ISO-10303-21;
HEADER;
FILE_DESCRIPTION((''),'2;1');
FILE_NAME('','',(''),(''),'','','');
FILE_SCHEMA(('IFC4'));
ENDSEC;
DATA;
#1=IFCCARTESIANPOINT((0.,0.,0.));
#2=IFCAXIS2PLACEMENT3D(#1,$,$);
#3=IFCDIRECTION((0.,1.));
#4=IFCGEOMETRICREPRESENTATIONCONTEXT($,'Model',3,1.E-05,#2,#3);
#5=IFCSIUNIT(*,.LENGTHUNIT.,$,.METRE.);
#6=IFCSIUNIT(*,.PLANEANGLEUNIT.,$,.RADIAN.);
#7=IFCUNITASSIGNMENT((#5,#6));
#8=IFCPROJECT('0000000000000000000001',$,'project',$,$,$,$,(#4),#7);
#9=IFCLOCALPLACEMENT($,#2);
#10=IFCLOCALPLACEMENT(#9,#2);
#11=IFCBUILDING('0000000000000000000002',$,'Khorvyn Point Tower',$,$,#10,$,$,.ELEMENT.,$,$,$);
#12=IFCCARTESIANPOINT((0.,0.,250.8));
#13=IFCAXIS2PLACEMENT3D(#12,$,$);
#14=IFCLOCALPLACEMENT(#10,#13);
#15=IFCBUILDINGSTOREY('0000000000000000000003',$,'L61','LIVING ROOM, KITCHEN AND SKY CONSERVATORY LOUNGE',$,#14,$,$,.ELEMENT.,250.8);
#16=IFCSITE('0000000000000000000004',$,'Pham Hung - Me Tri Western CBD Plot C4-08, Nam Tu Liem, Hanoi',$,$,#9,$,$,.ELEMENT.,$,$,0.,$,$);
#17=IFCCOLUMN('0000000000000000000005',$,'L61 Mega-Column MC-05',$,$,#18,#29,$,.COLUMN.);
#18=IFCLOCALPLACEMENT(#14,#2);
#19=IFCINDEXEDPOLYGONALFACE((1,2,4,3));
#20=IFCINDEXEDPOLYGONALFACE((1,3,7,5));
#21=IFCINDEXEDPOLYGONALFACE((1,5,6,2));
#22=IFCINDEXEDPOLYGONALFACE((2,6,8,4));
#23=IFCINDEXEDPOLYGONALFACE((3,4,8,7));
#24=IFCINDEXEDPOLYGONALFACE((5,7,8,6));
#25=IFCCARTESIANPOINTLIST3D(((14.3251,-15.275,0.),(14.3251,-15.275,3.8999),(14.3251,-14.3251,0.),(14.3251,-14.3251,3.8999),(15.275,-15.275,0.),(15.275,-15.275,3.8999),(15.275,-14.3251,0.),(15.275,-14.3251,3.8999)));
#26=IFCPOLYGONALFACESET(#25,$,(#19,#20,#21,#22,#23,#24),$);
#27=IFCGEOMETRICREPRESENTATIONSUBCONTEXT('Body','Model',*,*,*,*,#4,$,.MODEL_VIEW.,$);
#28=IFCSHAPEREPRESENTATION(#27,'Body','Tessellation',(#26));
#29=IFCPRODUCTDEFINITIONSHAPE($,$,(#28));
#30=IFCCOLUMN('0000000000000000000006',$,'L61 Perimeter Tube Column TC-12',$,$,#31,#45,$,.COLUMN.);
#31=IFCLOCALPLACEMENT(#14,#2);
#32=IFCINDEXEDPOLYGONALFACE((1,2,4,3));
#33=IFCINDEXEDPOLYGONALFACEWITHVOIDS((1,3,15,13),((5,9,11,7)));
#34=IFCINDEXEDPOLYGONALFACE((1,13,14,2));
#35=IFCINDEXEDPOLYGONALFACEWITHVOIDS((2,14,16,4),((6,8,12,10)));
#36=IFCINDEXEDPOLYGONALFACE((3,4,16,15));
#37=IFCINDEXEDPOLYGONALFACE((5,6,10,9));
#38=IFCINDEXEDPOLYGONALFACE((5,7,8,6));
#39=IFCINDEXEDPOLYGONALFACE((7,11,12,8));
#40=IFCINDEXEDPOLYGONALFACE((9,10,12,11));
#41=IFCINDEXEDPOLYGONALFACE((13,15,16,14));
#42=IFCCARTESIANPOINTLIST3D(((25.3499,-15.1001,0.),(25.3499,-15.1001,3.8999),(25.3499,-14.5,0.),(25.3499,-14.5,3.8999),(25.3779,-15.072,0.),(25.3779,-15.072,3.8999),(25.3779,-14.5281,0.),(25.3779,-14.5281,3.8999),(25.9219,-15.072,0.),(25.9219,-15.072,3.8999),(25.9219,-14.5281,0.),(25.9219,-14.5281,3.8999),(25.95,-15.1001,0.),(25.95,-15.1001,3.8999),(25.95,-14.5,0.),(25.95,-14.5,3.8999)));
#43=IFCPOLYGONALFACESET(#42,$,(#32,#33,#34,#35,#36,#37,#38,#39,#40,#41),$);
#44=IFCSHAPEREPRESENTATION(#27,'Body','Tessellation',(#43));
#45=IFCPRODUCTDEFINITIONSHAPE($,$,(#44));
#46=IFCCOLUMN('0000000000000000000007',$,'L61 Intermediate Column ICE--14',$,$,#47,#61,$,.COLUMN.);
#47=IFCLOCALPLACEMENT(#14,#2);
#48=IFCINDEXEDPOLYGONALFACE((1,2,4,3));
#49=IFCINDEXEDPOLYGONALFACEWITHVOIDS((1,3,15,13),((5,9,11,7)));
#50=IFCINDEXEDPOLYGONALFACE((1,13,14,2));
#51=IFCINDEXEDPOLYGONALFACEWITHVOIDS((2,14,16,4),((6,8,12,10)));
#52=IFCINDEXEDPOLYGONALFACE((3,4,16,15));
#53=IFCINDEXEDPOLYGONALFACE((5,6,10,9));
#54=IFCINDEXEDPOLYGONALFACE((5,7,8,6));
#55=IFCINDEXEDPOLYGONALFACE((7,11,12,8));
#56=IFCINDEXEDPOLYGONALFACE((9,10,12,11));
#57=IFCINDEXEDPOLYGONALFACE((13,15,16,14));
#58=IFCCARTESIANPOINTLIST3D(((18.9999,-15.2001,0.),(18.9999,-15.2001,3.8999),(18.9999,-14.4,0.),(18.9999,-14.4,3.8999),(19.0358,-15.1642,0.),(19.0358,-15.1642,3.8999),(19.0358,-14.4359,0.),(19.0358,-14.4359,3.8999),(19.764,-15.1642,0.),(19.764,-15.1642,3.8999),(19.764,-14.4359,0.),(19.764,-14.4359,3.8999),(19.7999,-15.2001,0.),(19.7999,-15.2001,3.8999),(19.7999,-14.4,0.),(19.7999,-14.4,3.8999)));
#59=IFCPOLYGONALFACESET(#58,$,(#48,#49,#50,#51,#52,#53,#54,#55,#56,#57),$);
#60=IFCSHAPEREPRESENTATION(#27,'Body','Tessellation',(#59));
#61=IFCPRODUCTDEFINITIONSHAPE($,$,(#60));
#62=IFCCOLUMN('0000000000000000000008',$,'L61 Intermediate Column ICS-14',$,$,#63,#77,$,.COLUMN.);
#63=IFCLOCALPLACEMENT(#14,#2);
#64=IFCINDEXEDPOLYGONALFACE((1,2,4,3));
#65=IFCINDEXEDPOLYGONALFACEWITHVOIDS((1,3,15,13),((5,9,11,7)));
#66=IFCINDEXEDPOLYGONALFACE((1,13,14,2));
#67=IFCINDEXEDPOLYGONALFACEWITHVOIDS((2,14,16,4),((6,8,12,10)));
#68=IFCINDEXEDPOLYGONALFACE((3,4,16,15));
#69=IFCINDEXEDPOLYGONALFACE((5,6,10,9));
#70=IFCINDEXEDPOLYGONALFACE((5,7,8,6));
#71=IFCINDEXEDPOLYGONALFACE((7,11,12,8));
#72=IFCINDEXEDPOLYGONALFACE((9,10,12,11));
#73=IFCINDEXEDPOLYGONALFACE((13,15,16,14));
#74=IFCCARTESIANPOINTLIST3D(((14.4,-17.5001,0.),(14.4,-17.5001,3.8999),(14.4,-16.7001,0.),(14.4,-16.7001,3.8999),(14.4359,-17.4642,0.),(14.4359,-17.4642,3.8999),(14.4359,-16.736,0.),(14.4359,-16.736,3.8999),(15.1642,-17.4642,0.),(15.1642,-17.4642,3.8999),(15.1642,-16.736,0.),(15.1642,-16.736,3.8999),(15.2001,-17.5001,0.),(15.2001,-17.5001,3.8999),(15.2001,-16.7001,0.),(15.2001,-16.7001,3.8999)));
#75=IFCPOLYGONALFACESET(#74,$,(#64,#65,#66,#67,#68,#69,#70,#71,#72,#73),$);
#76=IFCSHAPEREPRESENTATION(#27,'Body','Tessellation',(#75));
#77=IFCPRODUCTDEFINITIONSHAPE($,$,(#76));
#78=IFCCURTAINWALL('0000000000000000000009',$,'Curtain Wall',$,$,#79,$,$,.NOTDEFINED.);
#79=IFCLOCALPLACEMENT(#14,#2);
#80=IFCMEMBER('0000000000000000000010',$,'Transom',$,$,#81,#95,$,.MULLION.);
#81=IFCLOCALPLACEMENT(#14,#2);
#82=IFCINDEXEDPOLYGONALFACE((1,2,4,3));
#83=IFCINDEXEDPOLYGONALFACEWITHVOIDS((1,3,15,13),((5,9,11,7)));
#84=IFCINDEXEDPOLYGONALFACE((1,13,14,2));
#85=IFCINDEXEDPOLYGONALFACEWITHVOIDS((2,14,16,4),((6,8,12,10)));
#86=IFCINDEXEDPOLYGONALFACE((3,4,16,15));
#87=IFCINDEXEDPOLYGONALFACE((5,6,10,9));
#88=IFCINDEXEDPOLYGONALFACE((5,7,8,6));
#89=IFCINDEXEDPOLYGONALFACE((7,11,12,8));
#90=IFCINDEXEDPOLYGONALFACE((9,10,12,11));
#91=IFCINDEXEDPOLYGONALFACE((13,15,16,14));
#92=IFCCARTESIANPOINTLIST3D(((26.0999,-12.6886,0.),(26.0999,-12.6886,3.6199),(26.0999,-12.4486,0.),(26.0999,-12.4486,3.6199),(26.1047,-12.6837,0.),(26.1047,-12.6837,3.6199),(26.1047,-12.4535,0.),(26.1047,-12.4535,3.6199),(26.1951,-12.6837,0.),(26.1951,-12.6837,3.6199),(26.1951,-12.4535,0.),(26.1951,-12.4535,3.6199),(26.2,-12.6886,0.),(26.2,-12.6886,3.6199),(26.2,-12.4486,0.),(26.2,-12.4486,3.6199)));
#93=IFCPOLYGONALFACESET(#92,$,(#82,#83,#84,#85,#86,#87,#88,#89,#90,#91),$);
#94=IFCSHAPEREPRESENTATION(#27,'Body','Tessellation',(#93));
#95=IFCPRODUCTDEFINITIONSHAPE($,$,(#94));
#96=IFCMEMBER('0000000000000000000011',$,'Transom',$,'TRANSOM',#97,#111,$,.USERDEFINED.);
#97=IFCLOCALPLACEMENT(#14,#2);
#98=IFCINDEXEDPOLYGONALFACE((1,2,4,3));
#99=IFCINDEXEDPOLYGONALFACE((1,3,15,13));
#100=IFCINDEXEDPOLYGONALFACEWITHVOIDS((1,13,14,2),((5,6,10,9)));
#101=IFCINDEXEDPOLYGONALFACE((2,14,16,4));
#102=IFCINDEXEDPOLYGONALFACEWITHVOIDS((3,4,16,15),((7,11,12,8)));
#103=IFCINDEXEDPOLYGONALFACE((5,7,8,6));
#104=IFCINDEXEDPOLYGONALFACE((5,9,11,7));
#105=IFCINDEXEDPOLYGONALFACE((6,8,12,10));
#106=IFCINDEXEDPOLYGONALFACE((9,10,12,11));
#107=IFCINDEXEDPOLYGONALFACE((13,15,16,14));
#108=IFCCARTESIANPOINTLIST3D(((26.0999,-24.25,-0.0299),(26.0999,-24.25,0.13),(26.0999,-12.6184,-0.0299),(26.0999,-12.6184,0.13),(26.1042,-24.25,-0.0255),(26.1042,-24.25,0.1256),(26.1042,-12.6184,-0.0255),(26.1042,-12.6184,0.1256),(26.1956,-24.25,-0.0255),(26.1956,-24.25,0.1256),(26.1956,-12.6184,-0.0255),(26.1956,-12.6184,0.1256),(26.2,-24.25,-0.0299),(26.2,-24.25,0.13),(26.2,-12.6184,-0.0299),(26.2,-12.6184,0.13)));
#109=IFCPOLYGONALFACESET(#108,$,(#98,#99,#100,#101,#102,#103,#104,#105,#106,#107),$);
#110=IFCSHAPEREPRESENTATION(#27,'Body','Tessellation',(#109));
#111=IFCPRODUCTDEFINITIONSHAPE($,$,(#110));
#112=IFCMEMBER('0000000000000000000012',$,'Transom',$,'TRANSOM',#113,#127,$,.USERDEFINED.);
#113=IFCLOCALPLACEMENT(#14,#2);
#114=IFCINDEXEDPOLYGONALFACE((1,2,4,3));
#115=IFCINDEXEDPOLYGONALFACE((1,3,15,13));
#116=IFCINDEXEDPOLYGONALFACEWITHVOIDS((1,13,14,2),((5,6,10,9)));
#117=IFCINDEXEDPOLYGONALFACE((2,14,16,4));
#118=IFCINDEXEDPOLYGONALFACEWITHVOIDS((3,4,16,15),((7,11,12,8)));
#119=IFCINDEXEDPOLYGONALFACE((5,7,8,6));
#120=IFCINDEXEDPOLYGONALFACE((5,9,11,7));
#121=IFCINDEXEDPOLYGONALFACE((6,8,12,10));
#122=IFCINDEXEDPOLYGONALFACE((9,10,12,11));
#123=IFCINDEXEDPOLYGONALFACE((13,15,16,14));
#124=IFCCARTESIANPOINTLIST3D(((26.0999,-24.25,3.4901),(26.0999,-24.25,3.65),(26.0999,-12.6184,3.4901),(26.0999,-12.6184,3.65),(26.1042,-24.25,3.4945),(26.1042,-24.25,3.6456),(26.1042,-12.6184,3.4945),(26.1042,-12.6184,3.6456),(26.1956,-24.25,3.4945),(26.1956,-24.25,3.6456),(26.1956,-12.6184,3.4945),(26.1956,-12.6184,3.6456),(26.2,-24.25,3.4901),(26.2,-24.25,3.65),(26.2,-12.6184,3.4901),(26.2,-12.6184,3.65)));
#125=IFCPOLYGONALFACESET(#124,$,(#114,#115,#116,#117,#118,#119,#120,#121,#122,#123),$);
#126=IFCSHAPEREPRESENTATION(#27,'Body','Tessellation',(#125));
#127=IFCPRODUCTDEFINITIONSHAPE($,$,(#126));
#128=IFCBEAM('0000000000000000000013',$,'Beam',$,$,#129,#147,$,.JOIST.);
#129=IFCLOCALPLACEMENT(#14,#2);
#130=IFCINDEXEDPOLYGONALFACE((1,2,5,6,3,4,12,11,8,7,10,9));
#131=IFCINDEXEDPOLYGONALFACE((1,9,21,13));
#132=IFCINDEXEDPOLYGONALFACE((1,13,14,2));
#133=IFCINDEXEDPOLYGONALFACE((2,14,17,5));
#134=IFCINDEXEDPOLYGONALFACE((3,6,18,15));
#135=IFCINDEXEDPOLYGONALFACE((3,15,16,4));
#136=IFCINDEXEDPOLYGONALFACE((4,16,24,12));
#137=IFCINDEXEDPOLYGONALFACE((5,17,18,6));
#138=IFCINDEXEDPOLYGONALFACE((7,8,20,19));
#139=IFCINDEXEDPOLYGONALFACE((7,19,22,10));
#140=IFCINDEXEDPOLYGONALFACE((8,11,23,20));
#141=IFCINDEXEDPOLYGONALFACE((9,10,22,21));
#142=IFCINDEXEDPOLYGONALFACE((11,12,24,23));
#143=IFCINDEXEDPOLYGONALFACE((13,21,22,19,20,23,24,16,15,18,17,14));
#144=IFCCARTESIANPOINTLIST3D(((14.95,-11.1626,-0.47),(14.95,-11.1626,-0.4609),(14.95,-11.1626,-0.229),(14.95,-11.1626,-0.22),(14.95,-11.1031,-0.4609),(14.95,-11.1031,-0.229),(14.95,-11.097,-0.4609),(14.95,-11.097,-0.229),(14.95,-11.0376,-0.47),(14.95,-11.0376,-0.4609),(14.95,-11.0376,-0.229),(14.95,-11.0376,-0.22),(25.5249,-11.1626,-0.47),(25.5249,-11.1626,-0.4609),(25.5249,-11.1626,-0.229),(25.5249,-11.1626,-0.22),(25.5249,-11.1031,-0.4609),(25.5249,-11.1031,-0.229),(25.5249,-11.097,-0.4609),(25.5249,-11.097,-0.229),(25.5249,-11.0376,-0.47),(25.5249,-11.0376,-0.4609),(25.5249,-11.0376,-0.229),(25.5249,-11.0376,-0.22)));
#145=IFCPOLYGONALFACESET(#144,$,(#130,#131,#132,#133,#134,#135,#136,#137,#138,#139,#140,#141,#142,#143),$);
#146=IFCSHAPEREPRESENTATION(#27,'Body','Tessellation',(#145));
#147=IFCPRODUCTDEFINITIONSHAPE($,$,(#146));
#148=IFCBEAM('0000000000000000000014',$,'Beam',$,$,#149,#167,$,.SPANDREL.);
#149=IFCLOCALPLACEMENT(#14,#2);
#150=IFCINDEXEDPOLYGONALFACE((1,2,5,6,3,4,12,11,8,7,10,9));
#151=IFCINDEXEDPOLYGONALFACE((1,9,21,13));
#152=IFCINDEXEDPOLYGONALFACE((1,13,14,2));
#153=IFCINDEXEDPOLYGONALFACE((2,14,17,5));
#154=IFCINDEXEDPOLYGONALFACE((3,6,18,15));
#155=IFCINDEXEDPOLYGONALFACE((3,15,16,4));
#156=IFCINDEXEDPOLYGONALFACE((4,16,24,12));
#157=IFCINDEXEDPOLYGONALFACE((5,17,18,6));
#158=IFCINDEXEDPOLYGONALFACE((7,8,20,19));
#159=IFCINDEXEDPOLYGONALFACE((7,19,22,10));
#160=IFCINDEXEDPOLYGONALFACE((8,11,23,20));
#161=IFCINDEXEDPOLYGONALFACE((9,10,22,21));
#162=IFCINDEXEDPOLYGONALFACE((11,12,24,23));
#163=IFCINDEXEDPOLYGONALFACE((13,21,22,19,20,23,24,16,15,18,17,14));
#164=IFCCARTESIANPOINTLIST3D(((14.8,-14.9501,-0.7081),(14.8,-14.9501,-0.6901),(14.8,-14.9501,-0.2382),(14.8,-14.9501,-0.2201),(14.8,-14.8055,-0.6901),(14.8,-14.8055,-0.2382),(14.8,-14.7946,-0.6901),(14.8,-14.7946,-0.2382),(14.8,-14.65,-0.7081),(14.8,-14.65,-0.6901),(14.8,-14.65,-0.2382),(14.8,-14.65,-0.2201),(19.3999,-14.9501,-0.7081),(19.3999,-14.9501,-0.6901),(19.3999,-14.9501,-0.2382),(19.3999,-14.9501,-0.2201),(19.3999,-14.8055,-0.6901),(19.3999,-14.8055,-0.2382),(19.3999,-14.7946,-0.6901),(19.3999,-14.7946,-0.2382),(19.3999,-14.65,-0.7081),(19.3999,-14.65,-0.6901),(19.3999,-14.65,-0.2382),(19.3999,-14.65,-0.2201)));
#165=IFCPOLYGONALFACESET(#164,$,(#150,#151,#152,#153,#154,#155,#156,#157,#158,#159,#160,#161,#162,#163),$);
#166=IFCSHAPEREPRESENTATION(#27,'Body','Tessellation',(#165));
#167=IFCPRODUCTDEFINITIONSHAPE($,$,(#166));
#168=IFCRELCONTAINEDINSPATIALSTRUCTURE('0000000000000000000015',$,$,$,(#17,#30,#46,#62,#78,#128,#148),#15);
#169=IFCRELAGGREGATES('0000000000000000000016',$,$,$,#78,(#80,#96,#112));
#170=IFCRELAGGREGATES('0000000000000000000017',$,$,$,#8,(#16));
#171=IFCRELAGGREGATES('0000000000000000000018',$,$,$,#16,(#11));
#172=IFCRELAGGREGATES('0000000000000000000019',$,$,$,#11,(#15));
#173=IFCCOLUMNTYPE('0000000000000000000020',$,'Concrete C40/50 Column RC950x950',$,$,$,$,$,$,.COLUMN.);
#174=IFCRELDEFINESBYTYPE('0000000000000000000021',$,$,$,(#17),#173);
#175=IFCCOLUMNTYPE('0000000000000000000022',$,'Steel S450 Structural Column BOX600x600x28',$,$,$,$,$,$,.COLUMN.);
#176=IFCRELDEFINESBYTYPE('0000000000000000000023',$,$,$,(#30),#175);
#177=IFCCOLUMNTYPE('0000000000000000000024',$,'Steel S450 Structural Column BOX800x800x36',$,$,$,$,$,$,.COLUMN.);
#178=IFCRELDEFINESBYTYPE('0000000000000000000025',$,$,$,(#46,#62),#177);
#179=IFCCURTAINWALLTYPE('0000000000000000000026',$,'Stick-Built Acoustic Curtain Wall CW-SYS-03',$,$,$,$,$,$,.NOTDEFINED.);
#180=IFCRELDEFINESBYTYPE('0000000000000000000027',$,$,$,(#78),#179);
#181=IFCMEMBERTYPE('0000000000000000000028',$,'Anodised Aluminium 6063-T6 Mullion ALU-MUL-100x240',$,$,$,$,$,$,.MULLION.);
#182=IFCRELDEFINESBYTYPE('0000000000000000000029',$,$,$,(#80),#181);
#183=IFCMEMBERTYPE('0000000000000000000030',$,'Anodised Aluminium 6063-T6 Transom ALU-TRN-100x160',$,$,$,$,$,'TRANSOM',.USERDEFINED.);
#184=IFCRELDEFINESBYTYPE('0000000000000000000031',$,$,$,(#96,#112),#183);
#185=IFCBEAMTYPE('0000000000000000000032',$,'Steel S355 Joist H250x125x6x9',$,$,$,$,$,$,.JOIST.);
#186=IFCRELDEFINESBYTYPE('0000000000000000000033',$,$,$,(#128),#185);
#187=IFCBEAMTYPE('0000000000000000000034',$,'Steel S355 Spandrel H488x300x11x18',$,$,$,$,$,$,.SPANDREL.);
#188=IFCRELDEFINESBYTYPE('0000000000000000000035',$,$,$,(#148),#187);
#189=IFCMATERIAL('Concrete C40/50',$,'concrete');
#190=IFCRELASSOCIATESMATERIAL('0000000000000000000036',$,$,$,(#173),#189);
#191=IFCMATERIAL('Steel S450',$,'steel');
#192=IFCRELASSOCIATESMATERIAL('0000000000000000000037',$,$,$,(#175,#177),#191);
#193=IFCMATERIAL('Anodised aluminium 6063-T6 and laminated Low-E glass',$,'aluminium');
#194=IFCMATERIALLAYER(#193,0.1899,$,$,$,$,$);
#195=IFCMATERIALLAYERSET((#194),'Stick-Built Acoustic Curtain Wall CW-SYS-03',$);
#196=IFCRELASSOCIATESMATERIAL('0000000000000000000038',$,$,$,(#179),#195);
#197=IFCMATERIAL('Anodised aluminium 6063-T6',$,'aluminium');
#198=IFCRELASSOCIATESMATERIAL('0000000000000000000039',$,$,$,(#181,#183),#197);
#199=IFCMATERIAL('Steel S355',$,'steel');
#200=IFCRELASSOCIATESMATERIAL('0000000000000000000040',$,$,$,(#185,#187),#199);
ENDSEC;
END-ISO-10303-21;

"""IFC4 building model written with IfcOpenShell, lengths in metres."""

from ifc_helpers import new_model, si_unit, direction, frame, origin, origin_2d, place, context, subcontext, project, spatial, rectangle, hollow_rectangle, i_section, extrude, material, layer, layer_set, material_profile, profile_set, type_object, element, aggregate, save


model = new_model("IFC4")

# Units and contexts
model_context = context("Model", 3, precision=1e-05, world=origin(), true_north=direction((0.0, 1.0)))
body_context = subcontext(model_context, "Body", "Model", "MODEL_VIEW")
ifc_project = project(units=[si_unit("LENGTHUNIT", "METRE"), si_unit("PLANEANGLEUNIT", "RADIAN")], contexts=[model_context])

# Site, building, storey
site_placement = place(None, origin())
site = spatial("IfcSite", under=ifc_project, at=site_placement, Name="Pham Hung - Me Tri Western CBD Plot C4-08, Nam Tu Liem, Hanoi", CompositionType="ELEMENT", RefElevation=0.0)
building_placement = place(site_placement, origin())
building = spatial("IfcBuilding", under=site, at=building_placement, Name="Khorvyn Point Tower", CompositionType="ELEMENT")
storey_placement = place(building_placement, frame((0.0, 0.0, 250.8)))
storey = spatial("IfcBuildingStorey", under=building, at=storey_placement, Name="L61", Description="LIVING ROOM, KITCHEN AND SKY CONSERVATORY LOUNGE", CompositionType="ELEMENT", Elevation=250.8)

# Columns
ifc_material_1 = material(Name="Concrete C40/50", Category="concrete")
ifc_material_profile_1 = material_profile(ifc_material_1, rectangle(XDim=0.95, YDim=0.95, at=origin_2d()))
ifc_profile_set_1 = profile_set([ifc_material_profile_1], Name="Concrete C40/50 RC950x950")
column_type_1 = type_object("IfcColumnType", Name="Concrete C40/50 Column RC950x950", PredefinedType="COLUMN", material=ifc_profile_set_1)
column_1_placement = place(storey_placement, frame((14.8, -14.8, 0.0), z_axis=(0.0, 0.0, 1.0), x_axis=(1.0, 0.0, 0.0)))
element("IfcColumn", 1, at=column_1_placement, inside=storey, type_object=column_type_1, Name="L61 Mega-Column MC-05", PredefinedType="COLUMN", context=body_context, shape_type="SweptSolid", body=[
    extrude(rectangle(XDim=0.95, YDim=0.95, at=origin_2d()), origin(), (0.0, 0.0, 1.0), 3.8999),
])
ifc_material_2 = material(Name="Steel S450", Category="steel")
ifc_material_profile_2 = material_profile(ifc_material_2, hollow_rectangle(XDim=0.6001, YDim=0.6001, WallThickness=0.0281, at=origin_2d()))
ifc_profile_set_2 = profile_set([ifc_material_profile_2], Name="Steel S450 BOX600x600x28")
column_type_2 = type_object("IfcColumnType", Name="Steel S450 Structural Column BOX600x600x28", PredefinedType="COLUMN", material=ifc_profile_set_2)
column_2_placement = place(storey_placement, frame((25.6499, -14.8, 0.0), z_axis=(0.0, 0.0, 1.0), x_axis=(1.0, 0.0, 0.0)))
element("IfcColumn", 2, at=column_2_placement, inside=storey, type_object=column_type_2, Name="L61 Perimeter Tube Column TC-12", PredefinedType="COLUMN", context=body_context, shape_type="SweptSolid", body=[
    extrude(hollow_rectangle(XDim=0.6001, YDim=0.6001, WallThickness=0.0281, at=origin_2d()), origin(), (0.0, 0.0, 1.0), 3.8999),
])
ifc_material_profile_3 = material_profile(ifc_material_2, hollow_rectangle(XDim=0.8, YDim=0.8, WallThickness=0.0359, at=origin_2d()))
ifc_profile_set_3 = profile_set([ifc_material_profile_3], Name="Steel S450 BOX800x800x36")
column_type_3 = type_object("IfcColumnType", Name="Steel S450 Structural Column BOX800x800x36", PredefinedType="COLUMN", material=ifc_profile_set_3)
for number, where, z_axis, x_axis, name in (
    (3, (19.3999, -14.8, 0.0), (0.0, 0.0, 1.0), (1.0, 0.0, 0.0), "L61 Intermediate Column ICE--14"),
    (4, (14.8, -17.1001, 0.0), (0.0, 0.0, 1.0), (1.0, 0.0, 0.0), "L61 Intermediate Column ICS-14"),
):
    element("IfcColumn", number, at=place(storey_placement, frame(where, z_axis=z_axis, x_axis=x_axis)), inside=storey, type_object=column_type_3, Name=name, PredefinedType="COLUMN", context=body_context, shape_type="SweptSolid", body=[
        extrude(hollow_rectangle(XDim=0.8, YDim=0.8, WallThickness=0.0359, at=origin_2d()), origin(), (0.0, 0.0, 1.0), 3.8999),
    ])

# Curtain wall, members
ifc_material_3 = material(Name="Anodised aluminium 6063-T6 and laminated Low-E glass", Category="aluminium")
ifc_layer_1 = layer(ifc_material_3, 0.1899)
ifc_layer_set_1 = layer_set([ifc_layer_1], Name="Stick-Built Acoustic Curtain Wall CW-SYS-03")
curtain_wall_type = type_object("IfcCurtainWallType", Name="Stick-Built Acoustic Curtain Wall CW-SYS-03", PredefinedType="NOTDEFINED", material=ifc_layer_set_1)
curtain_wall_placement = place(storey_placement, origin())
curtain_wall = element("IfcCurtainWall", 5, at=curtain_wall_placement, inside=storey, type_object=curtain_wall_type, Name="Curtain Wall", PredefinedType="NOTDEFINED")
ifc_material_4 = material(Name="Anodised aluminium 6063-T6", Category="aluminium")
ifc_material_profile_4 = material_profile(ifc_material_4, hollow_rectangle(XDim=0.1001, YDim=0.24, WallThickness=0.0049, at=origin_2d()))
ifc_profile_set_4 = profile_set([ifc_material_profile_4], Name="Anodised aluminium 6063-T6 ALU-MUL-100x240")
member_type_1 = type_object("IfcMemberType", Name="Anodised Aluminium 6063-T6 Mullion ALU-MUL-100x240", PredefinedType="MULLION", material=ifc_profile_set_4)
member_1_placement = place(storey_placement, frame((26.1499, -12.5686, 0.0), z_axis=(0.0, 0.0, 1.0), x_axis=(1.0, 0.0, 0.0)))
member_1 = element("IfcMember", 6, at=member_1_placement, type_object=member_type_1, Name="Transom", PredefinedType="MULLION", context=body_context, shape_type="SweptSolid", body=[
    extrude(hollow_rectangle(XDim=0.1001, YDim=0.24, WallThickness=0.0049, at=origin_2d()), origin(), (0.0, 0.0, 1.0), 3.6199),
])
ifc_material_profile_5 = material_profile(ifc_material_4, hollow_rectangle(XDim=0.1001, YDim=0.1599, WallThickness=0.0044, at=origin_2d()))
ifc_profile_set_5 = profile_set([ifc_material_profile_5], Name="Anodised aluminium 6063-T6 ALU-TRN-100x160")
member_type_2 = type_object("IfcMemberType", Name="Anodised Aluminium 6063-T6 Transom ALU-TRN-100x160", ElementType="TRANSOM", PredefinedType="USERDEFINED", material=ifc_profile_set_5)
member_2_placement = place(storey_placement, frame((26.1499, -12.6184, 0.05), z_axis=(0.0, -1.0, 0.0), x_axis=(1.0, 0.0, 0.0)))
member_2 = element("IfcMember", 7, at=member_2_placement, type_object=member_type_2, Name="Transom", ObjectType="TRANSOM", PredefinedType="USERDEFINED", context=body_context, shape_type="SweptSolid", body=[
    extrude(hollow_rectangle(XDim=0.1001, YDim=0.1599, WallThickness=0.0044, at=origin_2d()), origin(), (0.0, 0.0, 1.0), 11.6316),
])
member_3_placement = place(storey_placement, frame((26.1499, -12.6184, 3.5701), z_axis=(0.0, -1.0, 0.0), x_axis=(1.0, 0.0, 0.0)))
member_3 = element("IfcMember", 8, at=member_3_placement, type_object=member_type_2, Name="Transom", ObjectType="TRANSOM", PredefinedType="USERDEFINED", context=body_context, shape_type="SweptSolid", body=[
    extrude(hollow_rectangle(XDim=0.1001, YDim=0.1599, WallThickness=0.0044, at=origin_2d()), origin(), (0.0, 0.0, 1.0), 11.6316),
])

# Beams
ifc_material_5 = material(Name="Steel S355", Category="steel")
ifc_material_profile_6 = material_profile(ifc_material_5, i_section(OverallWidth=0.125, OverallDepth=0.25, WebThickness=0.0061, FlangeThickness=0.009, at=origin_2d()))
ifc_profile_set_6 = profile_set([ifc_material_profile_6], Name="Steel S355 H250x125x6x9")
beam_type_1 = type_object("IfcBeamType", Name="Steel S355 Joist H250x125x6x9", PredefinedType="JOIST", material=ifc_profile_set_6)
beam_1_placement = place(storey_placement, frame((14.95, -11.1001, -0.345), z_axis=(1.0, 0.0, 0.0), x_axis=(0.0, 1.0, 0.0)))
element("IfcBeam", 9, at=beam_1_placement, inside=storey, type_object=beam_type_1, Name="Beam", PredefinedType="JOIST", context=body_context, shape_type="SweptSolid", body=[
    extrude(i_section(OverallWidth=0.125, OverallDepth=0.25, WebThickness=0.0061, FlangeThickness=0.009, at=origin_2d()), origin(), (0.0, 0.0, 1.0), 10.575),
])
ifc_material_profile_7 = material_profile(ifc_material_5, i_section(OverallWidth=0.3, OverallDepth=0.488, WebThickness=0.011, FlangeThickness=0.0181, at=origin_2d()))
ifc_profile_set_7 = profile_set([ifc_material_profile_7], Name="Steel S355 H488x300x11x18")
beam_type_2 = type_object("IfcBeamType", Name="Steel S355 Spandrel H488x300x11x18", PredefinedType="SPANDREL", material=ifc_profile_set_7)
beam_2_placement = place(storey_placement, frame((14.8, -14.8, -0.4641), z_axis=(1.0, 0.0, 0.0), x_axis=(0.0, 1.0, 0.0)))
element("IfcBeam", 10, at=beam_2_placement, inside=storey, type_object=beam_type_2, Name="Beam", PredefinedType="SPANDREL", context=body_context, shape_type="SweptSolid", body=[
    extrude(i_section(OverallWidth=0.3, OverallDepth=0.488, WebThickness=0.011, FlangeThickness=0.0181, at=origin_2d()), origin(), (0.0, 0.0, 1.0), 4.5999),
])

aggregate(curtain_wall, [member_1, member_2, member_3])

save(model, "model.ifc")
